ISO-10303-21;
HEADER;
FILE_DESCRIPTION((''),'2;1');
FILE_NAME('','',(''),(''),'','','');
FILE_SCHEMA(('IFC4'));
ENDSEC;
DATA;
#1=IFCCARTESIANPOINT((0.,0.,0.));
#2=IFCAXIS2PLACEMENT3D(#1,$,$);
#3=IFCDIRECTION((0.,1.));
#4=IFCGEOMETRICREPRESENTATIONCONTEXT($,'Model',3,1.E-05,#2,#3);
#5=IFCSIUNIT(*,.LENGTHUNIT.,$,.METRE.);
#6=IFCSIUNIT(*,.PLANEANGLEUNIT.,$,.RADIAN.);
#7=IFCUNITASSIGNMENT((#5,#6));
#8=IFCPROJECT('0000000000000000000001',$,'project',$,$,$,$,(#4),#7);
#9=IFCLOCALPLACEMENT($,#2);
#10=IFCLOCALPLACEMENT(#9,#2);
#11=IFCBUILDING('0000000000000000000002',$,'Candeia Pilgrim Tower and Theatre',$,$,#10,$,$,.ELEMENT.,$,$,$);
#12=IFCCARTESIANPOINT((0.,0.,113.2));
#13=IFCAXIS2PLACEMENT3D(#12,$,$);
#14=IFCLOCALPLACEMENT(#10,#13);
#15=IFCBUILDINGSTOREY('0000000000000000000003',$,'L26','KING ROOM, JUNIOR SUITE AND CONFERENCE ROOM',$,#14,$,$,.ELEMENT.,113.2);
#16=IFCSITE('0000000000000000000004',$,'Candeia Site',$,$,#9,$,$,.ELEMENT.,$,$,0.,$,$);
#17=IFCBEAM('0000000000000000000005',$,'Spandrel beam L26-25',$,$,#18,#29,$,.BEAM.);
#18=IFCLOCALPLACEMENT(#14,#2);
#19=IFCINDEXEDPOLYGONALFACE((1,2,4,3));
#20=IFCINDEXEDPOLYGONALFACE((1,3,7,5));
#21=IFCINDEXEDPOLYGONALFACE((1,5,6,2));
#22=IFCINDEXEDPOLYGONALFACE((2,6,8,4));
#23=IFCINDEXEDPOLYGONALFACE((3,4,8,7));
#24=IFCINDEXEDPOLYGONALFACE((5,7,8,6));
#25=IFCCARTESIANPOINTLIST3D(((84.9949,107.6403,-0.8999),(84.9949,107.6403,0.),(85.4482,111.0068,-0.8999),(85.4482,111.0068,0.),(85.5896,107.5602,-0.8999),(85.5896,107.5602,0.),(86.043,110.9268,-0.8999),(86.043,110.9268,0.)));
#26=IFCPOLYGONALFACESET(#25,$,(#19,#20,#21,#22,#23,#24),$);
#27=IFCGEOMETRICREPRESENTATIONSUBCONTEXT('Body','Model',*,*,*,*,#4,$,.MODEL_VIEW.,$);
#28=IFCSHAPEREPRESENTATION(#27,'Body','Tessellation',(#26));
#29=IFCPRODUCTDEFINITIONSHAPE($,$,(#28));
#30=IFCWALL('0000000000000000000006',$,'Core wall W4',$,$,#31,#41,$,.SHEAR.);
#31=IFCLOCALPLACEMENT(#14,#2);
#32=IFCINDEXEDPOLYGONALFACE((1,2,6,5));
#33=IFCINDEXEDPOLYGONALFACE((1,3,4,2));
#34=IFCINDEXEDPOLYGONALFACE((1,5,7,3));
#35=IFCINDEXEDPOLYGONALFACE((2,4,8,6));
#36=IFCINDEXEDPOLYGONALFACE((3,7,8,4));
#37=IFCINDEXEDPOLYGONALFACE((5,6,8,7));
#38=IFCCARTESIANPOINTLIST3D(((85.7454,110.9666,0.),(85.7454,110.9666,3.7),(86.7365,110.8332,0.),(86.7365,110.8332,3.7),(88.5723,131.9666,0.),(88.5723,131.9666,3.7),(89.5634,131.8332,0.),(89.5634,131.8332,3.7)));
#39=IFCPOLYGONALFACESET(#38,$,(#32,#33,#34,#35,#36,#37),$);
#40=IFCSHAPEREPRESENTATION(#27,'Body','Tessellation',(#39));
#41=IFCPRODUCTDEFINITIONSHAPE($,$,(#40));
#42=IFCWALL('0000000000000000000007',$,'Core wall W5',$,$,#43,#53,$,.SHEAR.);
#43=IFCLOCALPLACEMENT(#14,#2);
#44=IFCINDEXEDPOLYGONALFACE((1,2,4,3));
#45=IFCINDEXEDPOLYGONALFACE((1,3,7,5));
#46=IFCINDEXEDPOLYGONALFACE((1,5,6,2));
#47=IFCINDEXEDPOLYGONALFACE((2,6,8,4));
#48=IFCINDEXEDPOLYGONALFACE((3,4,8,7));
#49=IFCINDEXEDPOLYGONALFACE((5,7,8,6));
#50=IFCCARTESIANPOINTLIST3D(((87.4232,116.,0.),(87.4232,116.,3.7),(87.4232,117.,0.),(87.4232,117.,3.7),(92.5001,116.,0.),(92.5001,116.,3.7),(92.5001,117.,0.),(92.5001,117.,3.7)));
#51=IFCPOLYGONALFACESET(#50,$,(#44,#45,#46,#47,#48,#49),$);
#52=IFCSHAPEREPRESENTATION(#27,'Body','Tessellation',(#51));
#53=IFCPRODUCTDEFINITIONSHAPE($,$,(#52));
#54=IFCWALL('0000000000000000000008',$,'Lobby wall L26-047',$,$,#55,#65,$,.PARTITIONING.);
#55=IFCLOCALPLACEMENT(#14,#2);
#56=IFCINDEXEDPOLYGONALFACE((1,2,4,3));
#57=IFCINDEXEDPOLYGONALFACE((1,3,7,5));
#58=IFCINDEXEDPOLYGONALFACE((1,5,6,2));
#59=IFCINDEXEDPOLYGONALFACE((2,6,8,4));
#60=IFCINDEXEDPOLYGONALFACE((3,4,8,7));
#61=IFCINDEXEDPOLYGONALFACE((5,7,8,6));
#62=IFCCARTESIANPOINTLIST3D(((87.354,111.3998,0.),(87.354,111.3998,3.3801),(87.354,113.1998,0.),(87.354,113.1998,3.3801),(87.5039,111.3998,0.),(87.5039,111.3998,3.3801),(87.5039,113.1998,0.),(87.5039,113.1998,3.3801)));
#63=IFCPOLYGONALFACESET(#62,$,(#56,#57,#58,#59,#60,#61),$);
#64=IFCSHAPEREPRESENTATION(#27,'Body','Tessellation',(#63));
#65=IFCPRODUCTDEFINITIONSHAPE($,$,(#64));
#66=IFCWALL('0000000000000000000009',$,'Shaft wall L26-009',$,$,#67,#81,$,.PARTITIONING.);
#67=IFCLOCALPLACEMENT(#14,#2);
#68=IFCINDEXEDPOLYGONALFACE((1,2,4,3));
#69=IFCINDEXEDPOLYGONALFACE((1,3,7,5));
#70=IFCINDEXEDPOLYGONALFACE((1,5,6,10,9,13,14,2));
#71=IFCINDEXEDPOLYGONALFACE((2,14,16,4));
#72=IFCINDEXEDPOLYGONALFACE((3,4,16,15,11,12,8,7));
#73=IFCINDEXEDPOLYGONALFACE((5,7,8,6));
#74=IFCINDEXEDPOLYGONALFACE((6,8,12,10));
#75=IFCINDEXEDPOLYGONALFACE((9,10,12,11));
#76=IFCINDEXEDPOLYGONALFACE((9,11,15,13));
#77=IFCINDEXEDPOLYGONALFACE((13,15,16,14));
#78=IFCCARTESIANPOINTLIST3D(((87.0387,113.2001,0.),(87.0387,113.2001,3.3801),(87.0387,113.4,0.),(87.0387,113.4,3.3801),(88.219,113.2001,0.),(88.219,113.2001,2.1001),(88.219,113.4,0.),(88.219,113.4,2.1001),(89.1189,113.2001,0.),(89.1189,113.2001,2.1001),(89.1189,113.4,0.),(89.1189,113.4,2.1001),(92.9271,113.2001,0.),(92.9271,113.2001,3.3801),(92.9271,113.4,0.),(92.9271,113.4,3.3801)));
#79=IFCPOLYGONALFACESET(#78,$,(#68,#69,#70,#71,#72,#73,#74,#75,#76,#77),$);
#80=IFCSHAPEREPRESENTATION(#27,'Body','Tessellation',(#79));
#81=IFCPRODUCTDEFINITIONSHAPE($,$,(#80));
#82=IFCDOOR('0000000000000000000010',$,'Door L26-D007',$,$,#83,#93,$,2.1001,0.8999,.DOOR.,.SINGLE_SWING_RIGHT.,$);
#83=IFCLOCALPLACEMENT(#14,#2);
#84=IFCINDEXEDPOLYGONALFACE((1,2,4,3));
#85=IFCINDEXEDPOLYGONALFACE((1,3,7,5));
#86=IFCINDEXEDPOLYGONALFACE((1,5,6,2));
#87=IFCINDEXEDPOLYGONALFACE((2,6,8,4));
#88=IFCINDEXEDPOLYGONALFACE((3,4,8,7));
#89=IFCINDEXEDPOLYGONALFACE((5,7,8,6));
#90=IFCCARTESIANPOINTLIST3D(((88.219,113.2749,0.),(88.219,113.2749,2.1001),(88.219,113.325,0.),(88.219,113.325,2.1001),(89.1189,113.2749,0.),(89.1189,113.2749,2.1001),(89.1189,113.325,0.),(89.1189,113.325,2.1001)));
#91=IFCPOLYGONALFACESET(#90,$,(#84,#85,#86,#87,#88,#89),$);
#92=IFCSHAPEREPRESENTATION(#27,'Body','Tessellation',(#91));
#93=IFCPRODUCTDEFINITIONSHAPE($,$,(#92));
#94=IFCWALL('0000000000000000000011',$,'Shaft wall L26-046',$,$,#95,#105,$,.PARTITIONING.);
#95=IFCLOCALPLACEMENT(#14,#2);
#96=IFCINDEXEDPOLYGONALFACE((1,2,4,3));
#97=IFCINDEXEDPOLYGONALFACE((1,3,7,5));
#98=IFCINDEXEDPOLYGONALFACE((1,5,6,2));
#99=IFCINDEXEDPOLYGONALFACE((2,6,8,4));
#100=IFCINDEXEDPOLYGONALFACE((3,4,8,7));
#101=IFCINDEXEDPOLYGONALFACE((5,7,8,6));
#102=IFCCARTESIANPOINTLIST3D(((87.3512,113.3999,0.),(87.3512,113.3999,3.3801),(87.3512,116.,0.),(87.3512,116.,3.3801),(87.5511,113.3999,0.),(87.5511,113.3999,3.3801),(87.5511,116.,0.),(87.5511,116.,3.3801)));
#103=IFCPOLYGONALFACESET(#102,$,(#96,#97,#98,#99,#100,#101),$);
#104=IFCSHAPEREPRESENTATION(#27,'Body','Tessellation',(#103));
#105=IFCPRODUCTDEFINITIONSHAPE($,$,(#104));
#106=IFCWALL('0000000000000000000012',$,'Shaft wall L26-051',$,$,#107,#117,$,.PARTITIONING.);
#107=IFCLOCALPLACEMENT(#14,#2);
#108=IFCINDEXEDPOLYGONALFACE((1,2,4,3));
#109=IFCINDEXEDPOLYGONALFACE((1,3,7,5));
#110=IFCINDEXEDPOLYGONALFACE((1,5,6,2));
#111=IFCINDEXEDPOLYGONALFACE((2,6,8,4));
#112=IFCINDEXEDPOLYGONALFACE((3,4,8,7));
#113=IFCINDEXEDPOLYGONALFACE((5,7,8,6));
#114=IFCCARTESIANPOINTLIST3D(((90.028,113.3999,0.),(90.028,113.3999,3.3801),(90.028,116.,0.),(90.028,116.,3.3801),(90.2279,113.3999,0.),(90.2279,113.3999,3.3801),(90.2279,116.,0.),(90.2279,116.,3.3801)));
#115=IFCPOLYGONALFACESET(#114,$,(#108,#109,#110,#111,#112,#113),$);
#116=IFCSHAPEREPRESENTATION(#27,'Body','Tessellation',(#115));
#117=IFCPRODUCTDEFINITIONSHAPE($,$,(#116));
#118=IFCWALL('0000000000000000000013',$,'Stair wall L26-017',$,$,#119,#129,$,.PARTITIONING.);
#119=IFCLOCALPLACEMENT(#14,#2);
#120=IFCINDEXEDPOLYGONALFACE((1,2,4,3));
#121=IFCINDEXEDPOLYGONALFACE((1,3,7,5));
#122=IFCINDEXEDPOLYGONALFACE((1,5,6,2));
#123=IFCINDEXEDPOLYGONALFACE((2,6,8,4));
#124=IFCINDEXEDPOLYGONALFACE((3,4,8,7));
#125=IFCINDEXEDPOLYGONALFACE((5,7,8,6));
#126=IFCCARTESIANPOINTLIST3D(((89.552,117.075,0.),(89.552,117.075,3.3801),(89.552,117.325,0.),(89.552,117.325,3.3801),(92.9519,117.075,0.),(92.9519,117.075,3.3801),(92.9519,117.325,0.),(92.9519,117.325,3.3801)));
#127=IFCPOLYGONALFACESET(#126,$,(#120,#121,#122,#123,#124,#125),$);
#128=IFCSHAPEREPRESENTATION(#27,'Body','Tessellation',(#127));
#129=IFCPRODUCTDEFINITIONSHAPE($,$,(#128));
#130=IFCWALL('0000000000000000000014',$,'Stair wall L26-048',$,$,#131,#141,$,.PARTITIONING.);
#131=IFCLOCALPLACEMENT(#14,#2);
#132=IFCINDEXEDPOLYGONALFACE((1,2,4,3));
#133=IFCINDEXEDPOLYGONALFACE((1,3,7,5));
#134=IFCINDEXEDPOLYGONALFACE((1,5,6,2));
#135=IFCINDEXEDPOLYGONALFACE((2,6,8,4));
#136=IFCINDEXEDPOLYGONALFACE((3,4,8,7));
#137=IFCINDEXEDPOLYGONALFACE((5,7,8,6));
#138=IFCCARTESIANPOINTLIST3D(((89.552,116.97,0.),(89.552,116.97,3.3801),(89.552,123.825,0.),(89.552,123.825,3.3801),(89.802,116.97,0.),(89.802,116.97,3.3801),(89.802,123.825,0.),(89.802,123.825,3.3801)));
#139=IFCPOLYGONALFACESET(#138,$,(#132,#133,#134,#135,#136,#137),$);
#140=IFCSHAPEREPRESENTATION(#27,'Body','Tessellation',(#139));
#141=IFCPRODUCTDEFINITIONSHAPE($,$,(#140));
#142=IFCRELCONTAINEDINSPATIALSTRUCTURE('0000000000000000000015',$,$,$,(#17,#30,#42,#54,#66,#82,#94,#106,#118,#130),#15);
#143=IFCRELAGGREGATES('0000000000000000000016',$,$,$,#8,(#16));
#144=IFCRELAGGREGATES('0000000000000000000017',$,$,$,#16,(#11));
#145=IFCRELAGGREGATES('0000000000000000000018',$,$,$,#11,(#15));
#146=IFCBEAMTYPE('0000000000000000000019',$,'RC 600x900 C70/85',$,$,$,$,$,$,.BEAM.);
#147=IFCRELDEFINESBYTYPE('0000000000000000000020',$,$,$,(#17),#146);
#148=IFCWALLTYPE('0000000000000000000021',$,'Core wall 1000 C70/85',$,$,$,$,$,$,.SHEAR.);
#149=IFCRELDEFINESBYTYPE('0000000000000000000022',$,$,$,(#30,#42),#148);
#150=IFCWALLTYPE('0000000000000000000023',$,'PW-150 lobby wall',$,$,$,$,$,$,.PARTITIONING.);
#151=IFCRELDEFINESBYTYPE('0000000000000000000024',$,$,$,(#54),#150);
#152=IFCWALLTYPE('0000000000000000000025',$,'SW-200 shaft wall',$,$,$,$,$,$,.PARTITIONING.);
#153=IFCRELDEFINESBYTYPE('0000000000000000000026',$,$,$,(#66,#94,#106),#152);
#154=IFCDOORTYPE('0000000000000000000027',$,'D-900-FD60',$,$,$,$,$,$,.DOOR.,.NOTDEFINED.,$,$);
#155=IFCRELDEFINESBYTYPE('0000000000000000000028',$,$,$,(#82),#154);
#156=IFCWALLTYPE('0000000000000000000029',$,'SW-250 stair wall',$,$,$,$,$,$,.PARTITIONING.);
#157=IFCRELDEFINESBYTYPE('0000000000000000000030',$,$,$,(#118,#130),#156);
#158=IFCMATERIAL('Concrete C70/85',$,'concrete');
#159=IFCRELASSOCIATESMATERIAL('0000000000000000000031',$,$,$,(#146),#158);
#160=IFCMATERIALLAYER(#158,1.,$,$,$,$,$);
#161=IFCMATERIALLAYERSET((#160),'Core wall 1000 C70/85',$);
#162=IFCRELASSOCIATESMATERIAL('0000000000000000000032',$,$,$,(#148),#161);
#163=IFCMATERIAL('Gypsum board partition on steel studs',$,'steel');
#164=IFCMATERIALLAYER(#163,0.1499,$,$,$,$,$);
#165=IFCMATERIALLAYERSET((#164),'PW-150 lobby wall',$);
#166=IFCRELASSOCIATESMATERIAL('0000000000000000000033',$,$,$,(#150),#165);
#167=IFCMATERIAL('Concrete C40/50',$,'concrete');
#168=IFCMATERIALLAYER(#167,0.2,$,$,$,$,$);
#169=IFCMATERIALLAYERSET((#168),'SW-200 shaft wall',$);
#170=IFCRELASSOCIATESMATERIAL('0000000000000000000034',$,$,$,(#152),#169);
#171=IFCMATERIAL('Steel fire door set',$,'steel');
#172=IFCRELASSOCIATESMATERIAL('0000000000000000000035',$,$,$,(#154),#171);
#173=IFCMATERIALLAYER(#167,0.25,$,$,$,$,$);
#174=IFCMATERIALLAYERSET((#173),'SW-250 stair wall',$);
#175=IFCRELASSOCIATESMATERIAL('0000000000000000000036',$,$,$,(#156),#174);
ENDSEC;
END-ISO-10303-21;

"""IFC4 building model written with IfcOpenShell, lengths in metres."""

from ifc_helpers import new_model, si_unit, direction, frame, frame_2d, origin, origin_2d, place, context, subcontext, project, spatial, rectangle, extrude, material, layer, layer_set, material_profile, profile_set, type_object, element, fill, save


model = new_model("IFC4")

# Units and contexts
model_context = context("Model", 3, precision=1e-05, world=origin(), true_north=direction((0.0, 1.0)))
body_context = subcontext(model_context, "Body", "Model", "MODEL_VIEW")
ifc_project = project(units=[si_unit("LENGTHUNIT", "METRE"), si_unit("PLANEANGLEUNIT", "RADIAN")], contexts=[model_context])

# Site, building, storey
site_placement = place(None, origin())
site = spatial("IfcSite", under=ifc_project, at=site_placement, Name="Candeia Site", CompositionType="ELEMENT", RefElevation=0.0)
building_placement = place(site_placement, origin())
building = spatial("IfcBuilding", under=site, at=building_placement, Name="Candeia Pilgrim Tower and Theatre", CompositionType="ELEMENT")
storey_placement = place(building_placement, frame((0.0, 0.0, 113.2)))
storey = spatial("IfcBuildingStorey", under=building, at=storey_placement, Name="L26", Description="KING ROOM, JUNIOR SUITE AND CONFERENCE ROOM", CompositionType="ELEMENT", Elevation=113.2)

# Beam
ifc_material_1 = material(Name="Concrete C70/85", Category="concrete")
ifc_material_profile = material_profile(ifc_material_1, rectangle(XDim=0.6001, YDim=0.8999, at=origin_2d()))
ifc_profile_set = profile_set([ifc_material_profile], Name="Concrete C70/85")
beam_type = type_object("IfcBeamType", Name="RC 600x900 C70/85", PredefinedType="BEAM", material=ifc_profile_set)
beam_placement = place(storey_placement, frame((85.7456, 110.9668, -0.45), z_axis=(-0.133458, -0.991054, 0.0), x_axis=(0.991054, -0.133458, 0.0)))
element("IfcBeam", 1, at=beam_placement, inside=storey, type_object=beam_type, Name="Spandrel beam L26-25", PredefinedType="BEAM", context=body_context, shape_type="SweptSolid", body=[
    extrude(rectangle(XDim=0.6001, YDim=0.8999, at=origin_2d()), origin(), (0.0, 0.0, 1.0), 3.397),
])

# Walls
ifc_layer_1 = layer(ifc_material_1, 1.0)
ifc_layer_set_1 = layer_set([ifc_layer_1], Name="Core wall 1000 C70/85")
wall_type_1 = type_object("IfcWallType", Name="Core wall 1000 C70/85", PredefinedType="SHEAR", material=ifc_layer_set_1)
wall_1_placement = place(storey_placement, frame((86.241, 110.8999, 0.0), z_axis=(0.0, 0.0, 1.0), x_axis=(0.133411, 0.991061, 0.0)))
element("IfcWall", 2, at=wall_1_placement, inside=storey, type_object=wall_type_1, Name="Core wall W4", PredefinedType="SHEAR", context=body_context, shape_type="SweptSolid", body=[
    extrude(rectangle(XDim=21.1895, YDim=1.0, at=frame_2d((10.5947, 0.0))), origin(), (0.0, 0.0, 1.0), 3.7),
])
wall_2_placement = place(storey_placement, frame((87.4231, 116.5, 0.0), z_axis=(0.0, 0.0, 1.0), x_axis=(1.0, 0.0, 0.0)))
element("IfcWall", 3, at=wall_2_placement, inside=storey, type_object=wall_type_1, Name="Core wall W5", PredefinedType="SHEAR", context=body_context, shape_type="SweptSolid", body=[
    extrude(rectangle(XDim=5.0769, YDim=1.0, at=frame_2d((2.5386, 0.0))), origin(), (0.0, 0.0, 1.0), 3.7),
])
ifc_material_2 = material(Name="Gypsum board partition on steel studs", Category="steel")
ifc_layer_2 = layer(ifc_material_2, 0.1499)
ifc_layer_set_2 = layer_set([ifc_layer_2], Name="PW-150 lobby wall")
wall_type_2 = type_object("IfcWallType", Name="PW-150 lobby wall", PredefinedType="PARTITIONING", material=ifc_layer_set_2)
wall_3_placement = place(storey_placement, frame((87.429, 111.3999, 0.0), z_axis=(0.0, 0.0, 1.0), x_axis=(0.0, 1.0, 0.0)))
element("IfcWall", 4, at=wall_3_placement, inside=storey, type_object=wall_type_2, Name="Lobby wall L26-047", PredefinedType="PARTITIONING", context=body_context, shape_type="SweptSolid", body=[
    extrude(rectangle(XDim=1.8, YDim=0.1499, at=frame_2d((0.8999, 0.0))), origin(), (0.0, 0.0, 1.0), 3.3801),
])

# Wall, opening, door
ifc_material_3 = material(Name="Concrete C40/50", Category="concrete")
ifc_layer_3 = layer(ifc_material_3, 0.2)
ifc_layer_set_3 = layer_set([ifc_layer_3], Name="SW-200 shaft wall")
wall_type_3 = type_object("IfcWallType", Name="SW-200 shaft wall", PredefinedType="PARTITIONING", material=ifc_layer_set_3)
wall_4_placement = place(storey_placement, frame((87.0386, 113.3, 0.0), z_axis=(0.0, 0.0, 1.0), x_axis=(1.0, 0.0, 0.0)))
wall_4 = element("IfcWall", 5, at=wall_4_placement, inside=storey, type_object=wall_type_3, Name="Shaft wall L26-009", PredefinedType="PARTITIONING", context=body_context, shape_type="SweptSolid", body=[
    extrude(rectangle(XDim=5.8884, YDim=0.2, at=frame_2d((2.9443, 0.0))), origin(), (0.0, 0.0, 1.0), 3.3801),
])
opening_placement = place(wall_4_placement, frame((1.1804, 0.0, 0.0)))
opening = element("IfcOpeningElement", 6, at=opening_placement, cuts=wall_4, PredefinedType="OPENING", context=body_context, shape_type="SweptSolid", body=[
    extrude(rectangle(XDim=0.8999, YDim=2.1001, at=frame_2d((0.45, 1.05))), frame((0.0, 0.1099, 0.0), z_axis=(0.0, -1.0, 0.0), x_axis=(1.0, 0.0, 0.0)), (0.0, 0.0, 1.0), 0.22),
])
ifc_material_4 = material(Name="Steel fire door set", Category="steel")
door_type = type_object("IfcDoorType", Name="D-900-FD60", OperationType="NOTDEFINED", PredefinedType="DOOR", material=ifc_material_4)
door_placement = place(opening_placement, origin())
door = element("IfcDoor", 7, at=door_placement, inside=storey, type_object=door_type, Name="Door L26-D007", OperationType="SINGLE_SWING_RIGHT", OverallHeight=2.1001, OverallWidth=0.8999, PredefinedType="DOOR", context=body_context, shape_type="SweptSolid", body=[
    extrude(rectangle(XDim=0.8999, YDim=2.1001, at=frame_2d((0.45, 1.05))), frame((0.0, 0.0249, 0.0), z_axis=(0.0, -1.0, 0.0), x_axis=(1.0, 0.0, 0.0)), (0.0, 0.0, 1.0), 0.05),
])
fill(opening, door)

# Walls
for number, where, z_axis, x_axis, name in (
    (8, (87.4512, 113.3999, 0.0), (0.0, 0.0, 1.0), (0.0, 1.0, 0.0), "Shaft wall L26-046"),
    (9, (90.1279, 113.3999, 0.0), (0.0, 0.0, 1.0), (0.0, 1.0, 0.0), "Shaft wall L26-051"),
):
    element("IfcWall", number, at=place(storey_placement, frame(where, z_axis=z_axis, x_axis=x_axis)), inside=storey, type_object=wall_type_3, Name=name, PredefinedType="PARTITIONING", context=body_context, shape_type="SweptSolid", body=[
        extrude(rectangle(XDim=2.6001, YDim=0.2, at=frame_2d((1.3, 0.0))), origin(), (0.0, 0.0, 1.0), 3.3801),
    ])
ifc_layer_4 = layer(ifc_material_3, 0.25)
ifc_layer_set_4 = layer_set([ifc_layer_4], Name="SW-250 stair wall")
wall_type_4 = type_object("IfcWallType", Name="SW-250 stair wall", PredefinedType="PARTITIONING", material=ifc_layer_set_4)
wall_5_placement = place(storey_placement, frame((89.552, 117.2, 0.0), z_axis=(0.0, 0.0, 1.0), x_axis=(1.0, 0.0, 0.0)))
element("IfcWall", 10, at=wall_5_placement, inside=storey, type_object=wall_type_4, Name="Stair wall L26-017", PredefinedType="PARTITIONING", context=body_context, shape_type="SweptSolid", body=[
    extrude(rectangle(XDim=3.3999, YDim=0.25, at=frame_2d((1.7, 0.0))), origin(), (0.0, 0.0, 1.0), 3.3801),
])
wall_6_placement = place(storey_placement, frame((89.677, 116.97, 0.0), z_axis=(0.0, 0.0, 1.0), x_axis=(0.0, 1.0, 0.0)))
element("IfcWall", 11, at=wall_6_placement, inside=storey, type_object=wall_type_4, Name="Stair wall L26-048", PredefinedType="PARTITIONING", context=body_context, shape_type="SweptSolid", body=[
    extrude(rectangle(XDim=6.855, YDim=0.25, at=frame_2d((3.4275, 0.0))), origin(), (0.0, 0.0, 1.0), 3.3801),
])

save(model, "model.ifc")
